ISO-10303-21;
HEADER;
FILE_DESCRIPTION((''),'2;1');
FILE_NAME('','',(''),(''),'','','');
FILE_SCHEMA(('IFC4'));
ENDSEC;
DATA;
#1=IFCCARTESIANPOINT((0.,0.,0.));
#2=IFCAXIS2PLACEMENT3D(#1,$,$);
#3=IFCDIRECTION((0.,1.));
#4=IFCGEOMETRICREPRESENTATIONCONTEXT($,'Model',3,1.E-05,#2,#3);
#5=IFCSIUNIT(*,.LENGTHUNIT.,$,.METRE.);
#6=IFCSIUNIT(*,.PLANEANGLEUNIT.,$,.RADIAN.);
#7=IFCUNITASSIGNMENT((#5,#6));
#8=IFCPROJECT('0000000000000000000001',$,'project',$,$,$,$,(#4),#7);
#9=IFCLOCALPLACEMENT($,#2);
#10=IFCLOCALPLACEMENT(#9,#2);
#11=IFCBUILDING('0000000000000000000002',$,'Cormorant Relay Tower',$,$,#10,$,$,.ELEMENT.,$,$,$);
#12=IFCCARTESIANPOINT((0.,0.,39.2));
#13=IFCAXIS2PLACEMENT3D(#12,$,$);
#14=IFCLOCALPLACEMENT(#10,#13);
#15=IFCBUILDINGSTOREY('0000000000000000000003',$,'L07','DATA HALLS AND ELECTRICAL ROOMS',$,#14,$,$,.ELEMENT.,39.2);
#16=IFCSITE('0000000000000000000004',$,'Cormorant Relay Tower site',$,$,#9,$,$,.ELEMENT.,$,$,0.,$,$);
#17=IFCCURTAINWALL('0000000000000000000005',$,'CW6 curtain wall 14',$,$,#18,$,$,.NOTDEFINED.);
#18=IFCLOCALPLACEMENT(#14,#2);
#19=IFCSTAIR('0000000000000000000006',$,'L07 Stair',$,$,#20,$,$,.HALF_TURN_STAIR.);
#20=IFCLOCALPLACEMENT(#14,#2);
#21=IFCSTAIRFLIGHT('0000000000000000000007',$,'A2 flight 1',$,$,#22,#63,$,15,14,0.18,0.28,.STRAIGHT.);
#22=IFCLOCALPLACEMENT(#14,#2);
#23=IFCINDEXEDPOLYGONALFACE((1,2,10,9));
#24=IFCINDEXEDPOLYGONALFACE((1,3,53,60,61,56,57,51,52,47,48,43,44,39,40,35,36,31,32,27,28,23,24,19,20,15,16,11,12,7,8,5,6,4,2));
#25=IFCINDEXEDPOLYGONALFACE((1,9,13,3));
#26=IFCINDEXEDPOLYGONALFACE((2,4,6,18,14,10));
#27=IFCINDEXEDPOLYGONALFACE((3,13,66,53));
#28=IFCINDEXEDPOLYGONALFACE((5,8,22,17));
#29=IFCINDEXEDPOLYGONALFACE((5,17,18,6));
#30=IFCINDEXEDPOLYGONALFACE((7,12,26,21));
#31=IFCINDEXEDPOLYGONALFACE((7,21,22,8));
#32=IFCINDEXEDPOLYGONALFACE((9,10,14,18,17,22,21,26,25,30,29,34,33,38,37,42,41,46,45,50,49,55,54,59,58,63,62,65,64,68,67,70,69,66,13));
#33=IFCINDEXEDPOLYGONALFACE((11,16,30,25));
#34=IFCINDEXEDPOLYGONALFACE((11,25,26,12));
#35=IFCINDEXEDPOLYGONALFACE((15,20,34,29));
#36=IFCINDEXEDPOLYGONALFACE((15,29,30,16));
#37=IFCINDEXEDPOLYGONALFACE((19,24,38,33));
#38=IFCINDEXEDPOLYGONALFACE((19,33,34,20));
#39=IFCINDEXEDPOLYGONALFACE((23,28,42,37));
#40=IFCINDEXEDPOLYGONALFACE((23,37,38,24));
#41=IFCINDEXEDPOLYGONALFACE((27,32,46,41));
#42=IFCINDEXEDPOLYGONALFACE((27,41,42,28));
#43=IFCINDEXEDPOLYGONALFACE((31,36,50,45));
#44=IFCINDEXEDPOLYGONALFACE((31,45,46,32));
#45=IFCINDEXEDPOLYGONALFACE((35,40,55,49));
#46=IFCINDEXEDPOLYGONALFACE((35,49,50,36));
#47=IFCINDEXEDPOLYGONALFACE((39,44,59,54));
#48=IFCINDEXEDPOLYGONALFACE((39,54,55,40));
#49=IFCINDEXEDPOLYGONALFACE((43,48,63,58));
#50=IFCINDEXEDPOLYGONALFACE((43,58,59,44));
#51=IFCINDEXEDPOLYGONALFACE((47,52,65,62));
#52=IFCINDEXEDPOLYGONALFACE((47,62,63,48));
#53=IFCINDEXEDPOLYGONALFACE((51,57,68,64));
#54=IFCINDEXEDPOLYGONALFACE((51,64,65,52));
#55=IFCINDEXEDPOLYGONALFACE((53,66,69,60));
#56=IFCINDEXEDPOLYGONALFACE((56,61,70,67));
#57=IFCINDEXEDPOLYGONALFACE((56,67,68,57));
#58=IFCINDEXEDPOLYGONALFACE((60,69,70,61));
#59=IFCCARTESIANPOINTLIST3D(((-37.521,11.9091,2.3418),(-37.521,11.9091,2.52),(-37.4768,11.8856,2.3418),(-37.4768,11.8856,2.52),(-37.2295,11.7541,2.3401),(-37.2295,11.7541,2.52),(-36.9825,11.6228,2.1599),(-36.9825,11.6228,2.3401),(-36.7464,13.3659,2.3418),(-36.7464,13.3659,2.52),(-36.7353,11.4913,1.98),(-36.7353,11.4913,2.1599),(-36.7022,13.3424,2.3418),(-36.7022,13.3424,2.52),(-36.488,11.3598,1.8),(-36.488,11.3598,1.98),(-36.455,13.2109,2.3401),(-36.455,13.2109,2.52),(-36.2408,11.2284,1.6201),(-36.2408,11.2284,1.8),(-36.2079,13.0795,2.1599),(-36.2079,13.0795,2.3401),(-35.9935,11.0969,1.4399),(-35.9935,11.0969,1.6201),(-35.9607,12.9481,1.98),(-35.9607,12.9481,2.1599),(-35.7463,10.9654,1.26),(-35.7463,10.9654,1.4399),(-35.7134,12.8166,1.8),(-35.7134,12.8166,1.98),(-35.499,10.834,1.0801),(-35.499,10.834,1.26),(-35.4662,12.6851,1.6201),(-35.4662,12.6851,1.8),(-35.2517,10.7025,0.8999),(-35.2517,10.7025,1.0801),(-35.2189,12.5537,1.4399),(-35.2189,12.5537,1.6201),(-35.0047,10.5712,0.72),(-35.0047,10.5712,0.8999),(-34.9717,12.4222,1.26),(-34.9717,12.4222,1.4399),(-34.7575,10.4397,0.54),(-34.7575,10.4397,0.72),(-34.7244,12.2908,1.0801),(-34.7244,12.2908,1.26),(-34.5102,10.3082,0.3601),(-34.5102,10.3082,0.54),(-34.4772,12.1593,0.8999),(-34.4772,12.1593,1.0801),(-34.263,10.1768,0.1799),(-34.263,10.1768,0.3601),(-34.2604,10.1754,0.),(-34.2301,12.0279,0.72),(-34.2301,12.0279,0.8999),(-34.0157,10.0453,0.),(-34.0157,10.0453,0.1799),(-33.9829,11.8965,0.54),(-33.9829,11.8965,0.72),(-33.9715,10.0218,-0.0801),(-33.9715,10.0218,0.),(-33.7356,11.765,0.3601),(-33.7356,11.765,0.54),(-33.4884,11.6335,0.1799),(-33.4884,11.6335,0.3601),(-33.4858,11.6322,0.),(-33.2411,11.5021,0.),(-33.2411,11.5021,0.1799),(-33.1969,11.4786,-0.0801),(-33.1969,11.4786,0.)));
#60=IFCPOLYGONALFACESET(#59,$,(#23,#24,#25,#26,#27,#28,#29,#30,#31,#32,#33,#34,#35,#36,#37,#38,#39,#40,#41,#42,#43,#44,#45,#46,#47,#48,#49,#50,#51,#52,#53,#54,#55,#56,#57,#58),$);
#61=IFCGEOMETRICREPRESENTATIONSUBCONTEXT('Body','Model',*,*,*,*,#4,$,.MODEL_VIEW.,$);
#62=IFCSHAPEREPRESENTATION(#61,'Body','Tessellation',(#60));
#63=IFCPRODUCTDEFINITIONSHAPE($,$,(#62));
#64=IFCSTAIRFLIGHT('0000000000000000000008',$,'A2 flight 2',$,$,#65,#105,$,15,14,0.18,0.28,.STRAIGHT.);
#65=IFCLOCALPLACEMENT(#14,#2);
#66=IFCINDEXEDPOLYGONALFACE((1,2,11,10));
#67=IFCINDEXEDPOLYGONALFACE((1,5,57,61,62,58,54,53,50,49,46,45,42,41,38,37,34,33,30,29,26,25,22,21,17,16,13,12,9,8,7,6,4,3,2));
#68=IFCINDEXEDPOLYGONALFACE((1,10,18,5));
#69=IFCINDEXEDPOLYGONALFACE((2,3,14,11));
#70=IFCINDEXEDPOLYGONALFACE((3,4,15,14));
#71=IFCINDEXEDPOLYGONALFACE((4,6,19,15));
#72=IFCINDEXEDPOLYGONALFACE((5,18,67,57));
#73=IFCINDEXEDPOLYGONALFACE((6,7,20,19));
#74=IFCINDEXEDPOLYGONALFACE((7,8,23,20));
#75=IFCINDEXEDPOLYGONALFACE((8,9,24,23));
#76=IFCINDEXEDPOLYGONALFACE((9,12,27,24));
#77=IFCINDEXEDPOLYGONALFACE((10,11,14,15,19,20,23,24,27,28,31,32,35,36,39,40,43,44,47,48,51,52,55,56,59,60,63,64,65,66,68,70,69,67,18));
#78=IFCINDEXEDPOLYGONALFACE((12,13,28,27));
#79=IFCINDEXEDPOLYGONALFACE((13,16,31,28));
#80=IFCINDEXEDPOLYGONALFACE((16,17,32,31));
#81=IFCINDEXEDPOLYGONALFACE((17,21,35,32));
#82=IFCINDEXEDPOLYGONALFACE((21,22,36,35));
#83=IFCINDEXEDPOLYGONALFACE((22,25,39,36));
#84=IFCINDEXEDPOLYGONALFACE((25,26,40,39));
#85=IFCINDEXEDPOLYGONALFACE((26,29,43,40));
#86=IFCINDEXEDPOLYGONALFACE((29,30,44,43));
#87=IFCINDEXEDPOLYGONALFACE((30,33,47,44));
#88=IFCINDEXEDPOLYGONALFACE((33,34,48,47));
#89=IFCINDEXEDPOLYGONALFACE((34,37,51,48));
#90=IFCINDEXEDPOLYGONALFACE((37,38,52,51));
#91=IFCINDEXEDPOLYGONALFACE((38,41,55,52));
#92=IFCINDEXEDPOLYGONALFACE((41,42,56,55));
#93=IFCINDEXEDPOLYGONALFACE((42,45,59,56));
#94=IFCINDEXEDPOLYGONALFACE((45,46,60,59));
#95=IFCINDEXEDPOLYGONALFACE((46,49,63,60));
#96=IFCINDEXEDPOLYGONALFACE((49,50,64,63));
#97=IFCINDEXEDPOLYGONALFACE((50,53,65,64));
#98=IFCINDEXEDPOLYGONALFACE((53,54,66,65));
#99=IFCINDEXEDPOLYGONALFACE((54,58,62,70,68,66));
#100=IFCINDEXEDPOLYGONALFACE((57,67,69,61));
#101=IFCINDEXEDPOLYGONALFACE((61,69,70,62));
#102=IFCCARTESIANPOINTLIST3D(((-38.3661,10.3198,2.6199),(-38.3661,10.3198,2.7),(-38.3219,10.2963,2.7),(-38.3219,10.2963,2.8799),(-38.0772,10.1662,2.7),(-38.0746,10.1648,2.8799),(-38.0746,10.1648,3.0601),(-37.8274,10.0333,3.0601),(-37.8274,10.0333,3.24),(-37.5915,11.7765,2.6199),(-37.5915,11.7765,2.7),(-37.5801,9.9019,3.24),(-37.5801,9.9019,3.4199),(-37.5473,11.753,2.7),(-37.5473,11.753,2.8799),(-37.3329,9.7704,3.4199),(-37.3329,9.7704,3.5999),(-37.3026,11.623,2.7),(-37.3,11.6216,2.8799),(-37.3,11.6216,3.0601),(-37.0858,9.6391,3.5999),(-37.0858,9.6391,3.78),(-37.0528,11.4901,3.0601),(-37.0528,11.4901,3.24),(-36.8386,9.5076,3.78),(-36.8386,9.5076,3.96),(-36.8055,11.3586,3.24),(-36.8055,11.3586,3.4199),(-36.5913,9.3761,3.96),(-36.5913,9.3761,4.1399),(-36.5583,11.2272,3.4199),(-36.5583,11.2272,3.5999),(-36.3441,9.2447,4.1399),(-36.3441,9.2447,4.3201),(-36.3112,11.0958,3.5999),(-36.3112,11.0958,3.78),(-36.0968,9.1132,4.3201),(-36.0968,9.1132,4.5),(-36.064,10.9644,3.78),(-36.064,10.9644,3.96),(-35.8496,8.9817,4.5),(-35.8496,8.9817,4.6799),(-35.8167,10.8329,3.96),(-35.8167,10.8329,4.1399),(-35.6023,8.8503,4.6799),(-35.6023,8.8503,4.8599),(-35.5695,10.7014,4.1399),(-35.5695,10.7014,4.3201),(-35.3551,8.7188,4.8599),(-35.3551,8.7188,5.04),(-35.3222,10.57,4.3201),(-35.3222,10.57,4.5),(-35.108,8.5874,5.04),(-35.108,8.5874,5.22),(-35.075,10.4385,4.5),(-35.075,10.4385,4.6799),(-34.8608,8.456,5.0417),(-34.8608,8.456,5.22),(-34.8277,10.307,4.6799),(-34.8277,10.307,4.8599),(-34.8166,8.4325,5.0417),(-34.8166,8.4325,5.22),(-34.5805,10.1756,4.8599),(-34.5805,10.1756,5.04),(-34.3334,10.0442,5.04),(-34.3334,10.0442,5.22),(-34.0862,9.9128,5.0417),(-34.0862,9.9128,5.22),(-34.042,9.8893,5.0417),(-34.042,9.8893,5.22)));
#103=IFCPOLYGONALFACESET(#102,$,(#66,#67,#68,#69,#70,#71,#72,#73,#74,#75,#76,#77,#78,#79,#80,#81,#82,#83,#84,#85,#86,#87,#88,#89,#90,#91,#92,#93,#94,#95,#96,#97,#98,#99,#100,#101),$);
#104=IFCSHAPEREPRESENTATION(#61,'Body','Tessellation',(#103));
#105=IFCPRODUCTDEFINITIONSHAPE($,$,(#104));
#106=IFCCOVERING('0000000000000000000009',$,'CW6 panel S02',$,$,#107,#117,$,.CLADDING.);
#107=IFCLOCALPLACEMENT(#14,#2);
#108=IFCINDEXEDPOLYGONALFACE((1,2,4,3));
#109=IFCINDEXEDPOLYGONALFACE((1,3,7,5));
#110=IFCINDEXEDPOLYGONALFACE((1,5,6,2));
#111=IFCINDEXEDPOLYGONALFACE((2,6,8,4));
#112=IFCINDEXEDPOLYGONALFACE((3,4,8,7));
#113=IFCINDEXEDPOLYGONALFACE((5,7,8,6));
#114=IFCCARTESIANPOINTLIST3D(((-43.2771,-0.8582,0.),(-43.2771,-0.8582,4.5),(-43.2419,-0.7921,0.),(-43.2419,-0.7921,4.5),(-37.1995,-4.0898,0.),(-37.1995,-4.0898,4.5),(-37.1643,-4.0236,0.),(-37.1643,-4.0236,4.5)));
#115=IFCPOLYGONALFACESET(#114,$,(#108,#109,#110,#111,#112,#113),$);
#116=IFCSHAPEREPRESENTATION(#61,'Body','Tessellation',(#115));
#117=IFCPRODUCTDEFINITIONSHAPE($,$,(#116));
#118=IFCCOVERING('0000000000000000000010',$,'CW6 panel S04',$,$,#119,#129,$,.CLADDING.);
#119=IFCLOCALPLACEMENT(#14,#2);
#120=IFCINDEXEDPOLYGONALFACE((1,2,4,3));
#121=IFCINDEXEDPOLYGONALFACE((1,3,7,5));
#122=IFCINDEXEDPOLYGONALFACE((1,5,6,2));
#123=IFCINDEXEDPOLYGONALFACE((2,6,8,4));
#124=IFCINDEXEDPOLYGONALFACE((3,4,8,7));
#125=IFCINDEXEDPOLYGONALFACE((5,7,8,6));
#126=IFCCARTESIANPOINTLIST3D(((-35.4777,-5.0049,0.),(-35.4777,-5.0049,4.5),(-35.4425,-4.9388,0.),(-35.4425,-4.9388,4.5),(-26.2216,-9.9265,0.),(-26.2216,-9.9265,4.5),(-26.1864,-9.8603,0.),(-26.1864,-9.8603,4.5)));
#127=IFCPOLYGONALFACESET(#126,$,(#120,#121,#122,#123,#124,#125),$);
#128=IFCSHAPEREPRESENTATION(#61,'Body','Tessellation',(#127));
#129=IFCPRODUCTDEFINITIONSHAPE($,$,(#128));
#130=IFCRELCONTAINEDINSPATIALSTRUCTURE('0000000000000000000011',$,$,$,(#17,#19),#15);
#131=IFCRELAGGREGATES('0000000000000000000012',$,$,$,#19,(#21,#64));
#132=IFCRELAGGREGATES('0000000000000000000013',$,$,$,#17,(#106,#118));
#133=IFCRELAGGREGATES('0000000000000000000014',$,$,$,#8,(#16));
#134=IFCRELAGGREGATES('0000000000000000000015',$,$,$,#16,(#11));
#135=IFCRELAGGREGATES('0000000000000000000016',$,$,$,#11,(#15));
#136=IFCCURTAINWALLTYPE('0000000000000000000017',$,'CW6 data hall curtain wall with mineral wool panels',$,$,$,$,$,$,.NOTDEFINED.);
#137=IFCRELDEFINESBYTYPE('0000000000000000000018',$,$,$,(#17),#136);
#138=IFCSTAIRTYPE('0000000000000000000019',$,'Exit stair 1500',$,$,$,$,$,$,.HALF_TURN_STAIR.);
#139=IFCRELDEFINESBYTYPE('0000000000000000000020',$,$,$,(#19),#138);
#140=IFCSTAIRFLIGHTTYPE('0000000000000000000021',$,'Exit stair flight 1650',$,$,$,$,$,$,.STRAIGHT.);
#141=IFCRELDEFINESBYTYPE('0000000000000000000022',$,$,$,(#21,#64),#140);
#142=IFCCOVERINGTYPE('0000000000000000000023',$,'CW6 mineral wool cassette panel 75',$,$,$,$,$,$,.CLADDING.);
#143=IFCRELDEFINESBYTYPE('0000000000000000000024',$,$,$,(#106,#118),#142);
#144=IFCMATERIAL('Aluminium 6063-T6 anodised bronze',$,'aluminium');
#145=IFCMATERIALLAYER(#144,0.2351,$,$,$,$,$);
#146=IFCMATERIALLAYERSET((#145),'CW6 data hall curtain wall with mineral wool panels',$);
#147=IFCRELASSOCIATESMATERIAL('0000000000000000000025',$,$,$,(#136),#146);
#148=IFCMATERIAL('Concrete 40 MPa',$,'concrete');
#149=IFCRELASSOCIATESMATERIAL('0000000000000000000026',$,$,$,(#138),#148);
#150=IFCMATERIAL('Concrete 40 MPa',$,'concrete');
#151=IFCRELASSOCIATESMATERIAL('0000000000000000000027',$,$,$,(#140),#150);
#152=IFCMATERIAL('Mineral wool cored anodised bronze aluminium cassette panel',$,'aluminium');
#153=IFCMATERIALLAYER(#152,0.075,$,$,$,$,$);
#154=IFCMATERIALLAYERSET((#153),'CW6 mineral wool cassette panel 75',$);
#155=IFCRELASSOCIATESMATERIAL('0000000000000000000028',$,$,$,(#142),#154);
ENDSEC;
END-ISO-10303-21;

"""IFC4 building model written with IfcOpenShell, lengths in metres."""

from ifc_helpers import new_model, si_unit, direction, frame, origin, origin_2d, place, context, subcontext, project, spatial, polyline, rectangle, outline, extrude, material, layer, layer_set, type_object, element, aggregate, save


model = new_model("IFC4")

# Units and contexts
model_context = context("Model", 3, precision=1e-05, world=origin(), true_north=direction((0.0, 1.0)))
body_context = subcontext(model_context, "Body", "Model", "MODEL_VIEW")
ifc_project = project(units=[si_unit("LENGTHUNIT", "METRE"), si_unit("PLANEANGLEUNIT", "RADIAN")], contexts=[model_context])

# Site, building, storey
site_placement = place(None, origin())
site = spatial("IfcSite", under=ifc_project, at=site_placement, Name="Cormorant Relay Tower site", CompositionType="ELEMENT", RefElevation=0.0)
building_placement = place(site_placement, origin())
building = spatial("IfcBuilding", under=site, at=building_placement, Name="Cormorant Relay Tower", CompositionType="ELEMENT")
storey_placement = place(building_placement, frame((0.0, 0.0, 39.2)))
storey = spatial("IfcBuildingStorey", under=building, at=storey_placement, Name="L07", Description="DATA HALLS AND ELECTRICAL ROOMS", CompositionType="ELEMENT", Elevation=39.2)

# Curtain wall
ifc_material_1 = material(Name="Aluminium 6063-T6 anodised bronze", Category="aluminium")
ifc_layer_1 = layer(ifc_material_1, 0.2351)
ifc_layer_set_1 = layer_set([ifc_layer_1], Name="CW6 data hall curtain wall with mineral wool panels")
curtain_wall_type = type_object("IfcCurtainWallType", Name="CW6 data hall curtain wall with mineral wool panels", PredefinedType="NOTDEFINED", material=ifc_layer_set_1)
curtain_wall_placement = place(storey_placement, origin())
curtain_wall = element("IfcCurtainWall", 1, at=curtain_wall_placement, inside=storey, type_object=curtain_wall_type, Name="CW6 curtain wall 14", PredefinedType="NOTDEFINED")

# Stair, stair flights
ifc_material_2 = material(Name="Concrete 40 MPa", Category="concrete")
stair_type = type_object("IfcStairType", Name="Exit stair 1500", PredefinedType="HALF_TURN_STAIR", material=ifc_material_2)
stair_placement = place(storey_placement, origin())
stair = element("IfcStair", 2, at=stair_placement, inside=storey, type_object=stair_type, Name="L07 Stair", PredefinedType="HALF_TURN_STAIR")
ifc_material_3 = material(Name="Concrete 40 MPa", Category="concrete")
stair_flight_type = type_object("IfcStairFlightType", Name="Exit stair flight 1650", PredefinedType="STRAIGHT", material=ifc_material_3)
stair_flight_1_placement = place(storey_placement, frame((-33.6284, 10.7737, 0.0), z_axis=(0.0, 0.0, 1.0), x_axis=(-0.882948, 0.469472, 0.0)))
stair_flight_1 = element("IfcStairFlight", 3, at=stair_flight_1_placement, type_object=stair_flight_type, Name="A2 flight 1", NumberOfRisers=15, NumberOfTreads=14, PredefinedType="STRAIGHT", RiserHeight=0.18, TreadLength=0.28, context=body_context, shape_type="SweptSolid", body=[
    extrude(outline(polyline([(-0.05, -0.0801), (-0.05, 0.0), (0.0, 0.0), (0.0, 0.1799), (0.28, 0.1799), (0.28, 0.3601), (0.5601, 0.3601), (0.5601, 0.54), (0.8401, 0.54), (0.8401, 0.72), (1.1201, 0.72), (1.1201, 0.8999), (1.3999, 0.8999), (1.3999, 1.0801), (1.6799, 1.0801), (1.6799, 1.26), (1.96, 1.26), (1.96, 1.4399), (2.24, 1.4399), (2.24, 1.6201), (2.52, 1.6201), (2.52, 1.8), (2.8, 1.8), (2.8, 1.98), (3.0801, 1.98), (3.0801, 2.1599), (3.3601, 2.1599), (3.3601, 2.3401), (3.6399, 2.3401), (3.6399, 2.52), (3.9199, 2.52), (3.97, 2.52), (3.97, 2.3418), (3.9199, 2.3418), (0.2771, 0.0), (-0.05, -0.0801)])), frame((0.0, 0.825, 0.0), z_axis=(0.0, -1.0, 0.0), x_axis=(1.0, 0.0, 0.0)), (0.0, 0.0, 1.0), 1.6499),
])
stair_flight_2_placement = place(storey_placement, frame((-37.9346, 11.0247, 2.7), z_axis=(0.0, 0.0, 1.0), x_axis=(0.882948, -0.469472, 0.0)))
stair_flight_2 = element("IfcStairFlight", 4, at=stair_flight_2_placement, type_object=stair_flight_type, Name="A2 flight 2", NumberOfRisers=15, NumberOfTreads=14, PredefinedType="STRAIGHT", RiserHeight=0.18, TreadLength=0.28, context=body_context, shape_type="SweptSolid", body=[
    extrude(outline(polyline([(-0.05, -0.0801), (-0.05, 0.0), (0.0, 0.0), (0.0, 0.1799), (0.28, 0.1799), (0.28, 0.3601), (0.5601, 0.3601), (0.5601, 0.54), (0.8401, 0.54), (0.8401, 0.72), (1.1201, 0.72), (1.1201, 0.8999), (1.3999, 0.8999), (1.3999, 1.0801), (1.6799, 1.0801), (1.6799, 1.26), (1.96, 1.26), (1.96, 1.4399), (2.24, 1.4399), (2.24, 1.6201), (2.52, 1.6201), (2.52, 1.8), (2.8, 1.8), (2.8, 1.98), (3.0801, 1.98), (3.0801, 2.1599), (3.3601, 2.1599), (3.3601, 2.3401), (3.6399, 2.3401), (3.6399, 2.52), (3.9199, 2.52), (3.97, 2.52), (3.97, 2.3418), (3.9199, 2.3418), (0.2771, 0.0), (-0.05, -0.0801)])), frame((0.0, 0.825, 0.0), z_axis=(0.0, -1.0, 0.0), x_axis=(1.0, 0.0, 0.0)), (0.0, 0.0, 1.0), 1.6499),
])
aggregate(stair, [stair_flight_1, stair_flight_2])

# Coverings
ifc_material_4 = material(Name="Mineral wool cored anodised bronze aluminium cassette panel", Category="aluminium")
ifc_layer_2 = layer(ifc_material_4, 0.075)
ifc_layer_set_2 = layer_set([ifc_layer_2], Name="CW6 mineral wool cassette panel 75")
covering_type = type_object("IfcCoveringType", Name="CW6 mineral wool cassette panel 75", PredefinedType="CLADDING", material=ifc_layer_set_2)
covering_1_placement = place(storey_placement, frame((-40.2207, -2.4409, 0.0), z_axis=(0.0, 0.0, 1.0), x_axis=(0.882948, -0.469472, 0.0)))
covering_1 = element("IfcCovering", 5, at=covering_1_placement, type_object=covering_type, Name="CW6 panel S02", PredefinedType="CLADDING", context=body_context, shape_type="SweptSolid", body=[
    extrude(rectangle(XDim=6.8833, YDim=0.075, at=origin_2d()), origin(), (0.0, 0.0, 1.0), 4.5),
])
covering_2_placement = place(storey_placement, frame((-30.832, -7.4326, 0.0), z_axis=(0.0, 0.0, 1.0), x_axis=(0.882948, -0.469472, 0.0)))
covering_2 = element("IfcCovering", 6, at=covering_2_placement, type_object=covering_type, Name="CW6 panel S04", PredefinedType="CLADDING", context=body_context, shape_type="SweptSolid", body=[
    extrude(rectangle(XDim=10.4832, YDim=0.075, at=origin_2d()), origin(), (0.0, 0.0, 1.0), 4.5),
])
aggregate(curtain_wall, [covering_1, covering_2])

save(model, "model.ifc")
